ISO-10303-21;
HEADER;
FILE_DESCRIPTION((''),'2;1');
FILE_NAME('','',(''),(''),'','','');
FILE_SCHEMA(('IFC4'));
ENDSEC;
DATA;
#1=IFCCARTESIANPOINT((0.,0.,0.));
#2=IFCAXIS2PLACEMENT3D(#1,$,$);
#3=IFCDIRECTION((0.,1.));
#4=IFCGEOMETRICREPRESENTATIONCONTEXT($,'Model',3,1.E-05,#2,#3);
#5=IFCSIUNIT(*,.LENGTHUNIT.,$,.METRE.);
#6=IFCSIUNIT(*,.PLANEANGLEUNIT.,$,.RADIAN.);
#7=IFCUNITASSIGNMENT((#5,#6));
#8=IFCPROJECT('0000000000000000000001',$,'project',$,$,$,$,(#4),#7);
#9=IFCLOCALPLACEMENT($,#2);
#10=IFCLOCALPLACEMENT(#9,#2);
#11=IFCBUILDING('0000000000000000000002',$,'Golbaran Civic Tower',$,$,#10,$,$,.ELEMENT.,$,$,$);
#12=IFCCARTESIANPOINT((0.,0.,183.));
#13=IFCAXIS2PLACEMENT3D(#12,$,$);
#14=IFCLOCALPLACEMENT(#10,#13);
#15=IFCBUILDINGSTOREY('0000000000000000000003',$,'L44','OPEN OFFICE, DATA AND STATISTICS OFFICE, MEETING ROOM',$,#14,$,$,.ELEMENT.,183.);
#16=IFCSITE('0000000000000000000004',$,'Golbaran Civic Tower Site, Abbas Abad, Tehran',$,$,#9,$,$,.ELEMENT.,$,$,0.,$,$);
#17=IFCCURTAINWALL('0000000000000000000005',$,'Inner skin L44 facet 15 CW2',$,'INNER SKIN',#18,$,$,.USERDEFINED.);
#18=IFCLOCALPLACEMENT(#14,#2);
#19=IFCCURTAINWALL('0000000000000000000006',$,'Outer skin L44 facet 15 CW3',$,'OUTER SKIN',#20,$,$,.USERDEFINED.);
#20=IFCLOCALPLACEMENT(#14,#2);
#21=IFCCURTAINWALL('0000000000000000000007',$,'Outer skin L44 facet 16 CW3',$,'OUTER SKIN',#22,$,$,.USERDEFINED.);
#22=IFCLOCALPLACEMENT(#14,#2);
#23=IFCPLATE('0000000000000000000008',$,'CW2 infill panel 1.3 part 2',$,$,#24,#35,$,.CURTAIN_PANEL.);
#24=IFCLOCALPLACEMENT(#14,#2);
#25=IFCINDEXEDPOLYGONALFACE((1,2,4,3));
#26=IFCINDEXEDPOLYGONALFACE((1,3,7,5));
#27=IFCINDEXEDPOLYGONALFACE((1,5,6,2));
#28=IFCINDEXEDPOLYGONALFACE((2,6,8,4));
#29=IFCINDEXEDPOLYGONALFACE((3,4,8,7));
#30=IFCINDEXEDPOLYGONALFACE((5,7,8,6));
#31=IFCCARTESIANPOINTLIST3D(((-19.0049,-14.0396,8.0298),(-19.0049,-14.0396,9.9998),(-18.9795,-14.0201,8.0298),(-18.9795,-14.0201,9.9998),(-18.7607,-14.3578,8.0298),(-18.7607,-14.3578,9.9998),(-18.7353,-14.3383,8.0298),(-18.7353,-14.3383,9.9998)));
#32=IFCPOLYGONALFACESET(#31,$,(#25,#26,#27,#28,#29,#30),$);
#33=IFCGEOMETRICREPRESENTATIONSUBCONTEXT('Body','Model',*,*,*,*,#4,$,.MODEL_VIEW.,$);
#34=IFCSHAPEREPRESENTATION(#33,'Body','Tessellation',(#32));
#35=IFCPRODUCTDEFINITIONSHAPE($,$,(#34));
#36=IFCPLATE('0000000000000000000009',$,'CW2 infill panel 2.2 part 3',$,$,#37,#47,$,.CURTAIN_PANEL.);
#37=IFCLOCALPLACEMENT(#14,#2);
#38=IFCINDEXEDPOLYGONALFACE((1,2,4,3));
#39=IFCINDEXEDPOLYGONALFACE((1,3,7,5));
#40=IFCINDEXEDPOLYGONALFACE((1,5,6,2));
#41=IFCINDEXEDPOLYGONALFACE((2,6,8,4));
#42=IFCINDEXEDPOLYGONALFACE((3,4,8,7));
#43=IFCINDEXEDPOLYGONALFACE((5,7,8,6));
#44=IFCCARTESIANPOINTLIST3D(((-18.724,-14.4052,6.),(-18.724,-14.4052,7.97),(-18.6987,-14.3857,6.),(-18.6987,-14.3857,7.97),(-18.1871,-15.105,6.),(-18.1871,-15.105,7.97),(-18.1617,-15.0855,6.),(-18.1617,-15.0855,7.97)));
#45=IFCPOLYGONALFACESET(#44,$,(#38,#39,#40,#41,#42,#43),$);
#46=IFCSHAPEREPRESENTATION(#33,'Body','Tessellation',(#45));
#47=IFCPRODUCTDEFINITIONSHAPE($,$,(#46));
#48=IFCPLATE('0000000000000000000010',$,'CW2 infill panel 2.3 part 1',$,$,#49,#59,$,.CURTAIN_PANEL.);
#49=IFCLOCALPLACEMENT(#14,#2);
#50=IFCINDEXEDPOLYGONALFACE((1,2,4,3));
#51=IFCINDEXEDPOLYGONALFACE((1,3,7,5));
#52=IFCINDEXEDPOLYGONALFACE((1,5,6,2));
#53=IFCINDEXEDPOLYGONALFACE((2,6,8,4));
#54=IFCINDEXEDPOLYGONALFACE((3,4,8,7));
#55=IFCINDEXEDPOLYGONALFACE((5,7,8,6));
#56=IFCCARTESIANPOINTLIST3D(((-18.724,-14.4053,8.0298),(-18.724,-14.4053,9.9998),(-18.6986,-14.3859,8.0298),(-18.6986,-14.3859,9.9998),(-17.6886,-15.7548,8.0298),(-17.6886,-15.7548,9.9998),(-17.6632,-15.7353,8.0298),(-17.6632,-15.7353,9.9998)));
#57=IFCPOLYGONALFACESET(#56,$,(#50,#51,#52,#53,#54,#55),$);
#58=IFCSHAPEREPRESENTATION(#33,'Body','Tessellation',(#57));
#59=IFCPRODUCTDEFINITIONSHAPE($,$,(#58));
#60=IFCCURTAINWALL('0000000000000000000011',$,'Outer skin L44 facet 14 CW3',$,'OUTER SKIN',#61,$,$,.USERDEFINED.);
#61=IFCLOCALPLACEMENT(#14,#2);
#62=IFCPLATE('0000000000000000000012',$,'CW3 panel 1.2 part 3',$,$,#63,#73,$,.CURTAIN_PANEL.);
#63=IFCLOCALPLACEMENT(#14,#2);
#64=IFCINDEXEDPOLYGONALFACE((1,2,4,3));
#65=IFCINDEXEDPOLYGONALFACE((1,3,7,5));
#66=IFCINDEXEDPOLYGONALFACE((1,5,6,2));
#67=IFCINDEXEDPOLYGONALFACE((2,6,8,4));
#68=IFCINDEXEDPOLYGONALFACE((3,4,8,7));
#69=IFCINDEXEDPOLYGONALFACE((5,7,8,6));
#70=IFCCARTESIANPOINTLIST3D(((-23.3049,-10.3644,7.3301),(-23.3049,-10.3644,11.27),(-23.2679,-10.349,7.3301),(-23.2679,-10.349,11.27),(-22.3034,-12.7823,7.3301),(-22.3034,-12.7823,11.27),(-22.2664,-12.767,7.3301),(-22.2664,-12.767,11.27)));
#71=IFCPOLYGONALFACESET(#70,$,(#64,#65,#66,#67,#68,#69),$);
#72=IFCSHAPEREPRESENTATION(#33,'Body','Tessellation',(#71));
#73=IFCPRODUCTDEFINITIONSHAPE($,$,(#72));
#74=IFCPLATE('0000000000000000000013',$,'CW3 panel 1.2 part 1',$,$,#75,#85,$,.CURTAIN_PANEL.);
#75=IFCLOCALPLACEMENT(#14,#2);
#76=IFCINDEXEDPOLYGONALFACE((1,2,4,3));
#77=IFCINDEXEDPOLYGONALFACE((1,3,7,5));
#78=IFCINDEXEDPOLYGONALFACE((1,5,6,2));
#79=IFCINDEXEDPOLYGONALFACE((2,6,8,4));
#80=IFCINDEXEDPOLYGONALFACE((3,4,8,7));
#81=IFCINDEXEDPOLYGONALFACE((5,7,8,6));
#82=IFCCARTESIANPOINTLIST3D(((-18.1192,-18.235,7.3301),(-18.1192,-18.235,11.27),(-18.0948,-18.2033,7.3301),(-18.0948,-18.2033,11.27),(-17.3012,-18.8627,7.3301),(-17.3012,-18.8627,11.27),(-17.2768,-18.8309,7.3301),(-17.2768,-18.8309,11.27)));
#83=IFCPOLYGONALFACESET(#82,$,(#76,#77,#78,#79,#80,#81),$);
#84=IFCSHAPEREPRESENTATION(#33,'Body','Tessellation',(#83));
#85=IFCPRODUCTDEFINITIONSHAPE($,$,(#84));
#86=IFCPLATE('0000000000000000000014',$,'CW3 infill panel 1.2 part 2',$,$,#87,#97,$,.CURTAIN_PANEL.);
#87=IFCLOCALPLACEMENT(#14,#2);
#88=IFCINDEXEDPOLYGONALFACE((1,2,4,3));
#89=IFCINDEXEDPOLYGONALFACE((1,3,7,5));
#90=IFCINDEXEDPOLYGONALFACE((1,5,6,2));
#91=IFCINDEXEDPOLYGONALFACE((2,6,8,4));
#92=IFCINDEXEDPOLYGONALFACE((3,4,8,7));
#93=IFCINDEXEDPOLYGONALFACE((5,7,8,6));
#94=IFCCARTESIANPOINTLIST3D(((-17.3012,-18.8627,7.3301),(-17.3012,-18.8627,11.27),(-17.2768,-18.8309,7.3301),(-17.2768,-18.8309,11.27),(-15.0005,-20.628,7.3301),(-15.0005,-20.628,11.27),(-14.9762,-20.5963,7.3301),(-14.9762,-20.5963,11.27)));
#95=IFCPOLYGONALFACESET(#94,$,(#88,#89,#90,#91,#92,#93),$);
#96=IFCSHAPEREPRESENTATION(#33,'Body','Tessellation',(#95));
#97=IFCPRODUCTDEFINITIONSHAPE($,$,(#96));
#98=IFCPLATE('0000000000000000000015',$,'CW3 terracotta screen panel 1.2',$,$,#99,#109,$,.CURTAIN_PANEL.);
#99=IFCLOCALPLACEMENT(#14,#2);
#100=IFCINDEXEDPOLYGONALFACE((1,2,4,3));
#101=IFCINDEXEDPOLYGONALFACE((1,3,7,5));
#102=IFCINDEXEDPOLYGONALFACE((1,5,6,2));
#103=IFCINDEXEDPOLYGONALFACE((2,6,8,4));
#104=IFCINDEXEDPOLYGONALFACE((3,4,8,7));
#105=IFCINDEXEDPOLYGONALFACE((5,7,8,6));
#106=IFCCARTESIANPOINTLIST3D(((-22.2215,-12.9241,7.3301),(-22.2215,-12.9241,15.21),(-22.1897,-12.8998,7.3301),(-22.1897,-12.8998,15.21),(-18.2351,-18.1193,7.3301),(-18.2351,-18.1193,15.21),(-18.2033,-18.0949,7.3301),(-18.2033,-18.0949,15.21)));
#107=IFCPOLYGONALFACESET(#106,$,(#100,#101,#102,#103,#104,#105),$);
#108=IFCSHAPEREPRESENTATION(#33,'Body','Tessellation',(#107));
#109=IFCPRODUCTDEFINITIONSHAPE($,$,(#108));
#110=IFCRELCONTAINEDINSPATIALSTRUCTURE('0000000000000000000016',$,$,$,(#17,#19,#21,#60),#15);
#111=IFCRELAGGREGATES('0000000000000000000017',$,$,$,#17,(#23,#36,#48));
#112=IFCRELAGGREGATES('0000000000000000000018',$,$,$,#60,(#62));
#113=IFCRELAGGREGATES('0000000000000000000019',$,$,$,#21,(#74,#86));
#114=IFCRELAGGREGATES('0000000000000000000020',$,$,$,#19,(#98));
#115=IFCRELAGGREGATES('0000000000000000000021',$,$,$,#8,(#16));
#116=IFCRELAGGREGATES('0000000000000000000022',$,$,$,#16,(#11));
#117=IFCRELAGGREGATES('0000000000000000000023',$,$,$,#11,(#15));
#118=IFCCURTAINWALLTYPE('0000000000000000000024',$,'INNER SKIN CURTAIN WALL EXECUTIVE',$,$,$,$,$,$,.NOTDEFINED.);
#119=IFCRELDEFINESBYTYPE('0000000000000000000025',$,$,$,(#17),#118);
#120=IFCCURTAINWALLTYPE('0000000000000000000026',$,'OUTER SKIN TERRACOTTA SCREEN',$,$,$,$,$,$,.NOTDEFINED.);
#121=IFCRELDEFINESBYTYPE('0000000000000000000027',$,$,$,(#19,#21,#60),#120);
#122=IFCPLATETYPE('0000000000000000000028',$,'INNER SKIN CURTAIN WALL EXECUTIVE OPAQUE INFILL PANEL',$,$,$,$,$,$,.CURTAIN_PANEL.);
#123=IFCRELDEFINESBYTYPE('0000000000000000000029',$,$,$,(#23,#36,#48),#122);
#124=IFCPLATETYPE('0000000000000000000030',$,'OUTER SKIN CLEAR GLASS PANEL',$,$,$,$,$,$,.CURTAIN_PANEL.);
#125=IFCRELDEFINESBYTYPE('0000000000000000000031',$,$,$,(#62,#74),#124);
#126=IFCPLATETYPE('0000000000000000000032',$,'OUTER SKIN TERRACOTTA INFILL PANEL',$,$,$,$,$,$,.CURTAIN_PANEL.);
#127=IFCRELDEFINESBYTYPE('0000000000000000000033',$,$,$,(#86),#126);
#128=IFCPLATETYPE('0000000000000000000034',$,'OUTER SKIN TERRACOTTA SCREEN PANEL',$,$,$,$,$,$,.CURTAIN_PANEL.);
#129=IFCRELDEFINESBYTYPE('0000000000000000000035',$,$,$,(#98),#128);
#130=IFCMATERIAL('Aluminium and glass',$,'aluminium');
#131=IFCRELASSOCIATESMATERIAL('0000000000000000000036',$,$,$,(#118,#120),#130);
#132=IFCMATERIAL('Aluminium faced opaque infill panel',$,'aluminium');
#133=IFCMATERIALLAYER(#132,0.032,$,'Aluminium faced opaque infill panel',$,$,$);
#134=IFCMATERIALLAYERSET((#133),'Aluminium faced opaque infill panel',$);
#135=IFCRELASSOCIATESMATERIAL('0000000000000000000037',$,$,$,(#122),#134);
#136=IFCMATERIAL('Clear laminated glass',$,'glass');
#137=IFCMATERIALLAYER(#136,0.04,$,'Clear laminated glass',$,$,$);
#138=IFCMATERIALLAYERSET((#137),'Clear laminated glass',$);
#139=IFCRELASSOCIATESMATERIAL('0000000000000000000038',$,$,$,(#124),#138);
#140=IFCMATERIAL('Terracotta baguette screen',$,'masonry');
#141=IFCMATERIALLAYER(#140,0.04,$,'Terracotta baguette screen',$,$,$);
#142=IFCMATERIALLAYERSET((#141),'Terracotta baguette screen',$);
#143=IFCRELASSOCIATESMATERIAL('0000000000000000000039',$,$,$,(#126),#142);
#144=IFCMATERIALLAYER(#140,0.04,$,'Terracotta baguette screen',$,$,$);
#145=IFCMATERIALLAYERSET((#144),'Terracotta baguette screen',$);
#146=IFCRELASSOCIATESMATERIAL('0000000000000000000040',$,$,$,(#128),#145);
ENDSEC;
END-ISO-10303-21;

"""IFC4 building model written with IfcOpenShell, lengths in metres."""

from ifc_helpers import new_model, si_unit, direction, frame, origin, origin_2d, place, context, subcontext, project, spatial, rectangle, extrude, material, layer, layer_set, type_object, element, aggregate, save


model = new_model("IFC4")

# Units and contexts
model_context = context("Model", 3, precision=1e-05, world=origin(), true_north=direction((0.0, 1.0)))
body_context = subcontext(model_context, "Body", "Model", "MODEL_VIEW")
ifc_project = project(units=[si_unit("LENGTHUNIT", "METRE"), si_unit("PLANEANGLEUNIT", "RADIAN")], contexts=[model_context])

# Site, building, storey
site_placement = place(None, origin())
site = spatial("IfcSite", under=ifc_project, at=site_placement, Name="Golbaran Civic Tower Site, Abbas Abad, Tehran", CompositionType="ELEMENT", RefElevation=0.0)
building_placement = place(site_placement, origin())
building = spatial("IfcBuilding", under=site, at=building_placement, Name="Golbaran Civic Tower", CompositionType="ELEMENT")
storey_placement = place(building_placement, frame((0.0, 0.0, 183.0)))
storey = spatial("IfcBuildingStorey", under=building, at=storey_placement, Name="L44", Description="OPEN OFFICE, DATA AND STATISTICS OFFICE, MEETING ROOM", CompositionType="ELEMENT", Elevation=183.0)

# Curtain wall
ifc_material_1 = material(Name="Aluminium and glass", Category="aluminium")
curtain_wall_type_1 = type_object("IfcCurtainWallType", Name="INNER SKIN CURTAIN WALL EXECUTIVE", PredefinedType="NOTDEFINED", material=ifc_material_1)
curtain_wall_1_placement = place(storey_placement, origin())
curtain_wall_1 = element("IfcCurtainWall", 1, at=curtain_wall_1_placement, inside=storey, type_object=curtain_wall_type_1, Name="Inner skin L44 facet 15 CW2", ObjectType="INNER SKIN", PredefinedType="USERDEFINED")

# Curtain walls
curtain_wall_type_2 = type_object("IfcCurtainWallType", Name="OUTER SKIN TERRACOTTA SCREEN", PredefinedType="NOTDEFINED", material=ifc_material_1)
curtain_wall_2_placement = place(storey_placement, origin())
curtain_wall_2 = element("IfcCurtainWall", 2, at=curtain_wall_2_placement, inside=storey, type_object=curtain_wall_type_2, Name="Outer skin L44 facet 15 CW3", ObjectType="OUTER SKIN", PredefinedType="USERDEFINED")
curtain_wall_3_placement = place(storey_placement, origin())
curtain_wall_3 = element("IfcCurtainWall", 3, at=curtain_wall_3_placement, inside=storey, type_object=curtain_wall_type_2, Name="Outer skin L44 facet 16 CW3", ObjectType="OUTER SKIN", PredefinedType="USERDEFINED")

# Plates
ifc_material_2 = material(Name="Aluminium faced opaque infill panel", Category="aluminium")
ifc_layer_1 = layer(ifc_material_2, 0.032, Name="Aluminium faced opaque infill panel")
ifc_layer_set_1 = layer_set([ifc_layer_1], Name="Aluminium faced opaque infill panel")
plate_type_1 = type_object("IfcPlateType", Name="INNER SKIN CURTAIN WALL EXECUTIVE OPAQUE INFILL PANEL", PredefinedType="CURTAIN_PANEL", material=ifc_layer_set_1)
plate_1_placement = place(storey_placement, frame((-18.8701, -14.189, 8.0298), z_axis=(0.0, 0.0, 1.0), x_axis=(0.608761, -0.793353, 0.0)))
plate_1 = element("IfcPlate", 4, at=plate_1_placement, type_object=plate_type_1, Name="CW2 infill panel 1.3 part 2", PredefinedType="CURTAIN_PANEL", context=body_context, shape_type="SweptSolid", body=[
    extrude(rectangle(XDim=0.4011, YDim=0.032, at=origin_2d()), origin(), (0.0, 0.0, 1.0), 1.97),
])
plate_2_placement = place(storey_placement, frame((-18.4429, -14.7454, 6.0), z_axis=(0.0, 0.0, 1.0), x_axis=(0.608761, -0.793353, 0.0)))
plate_2 = element("IfcPlate", 5, at=plate_2_placement, type_object=plate_type_1, Name="CW2 infill panel 2.2 part 3", PredefinedType="CURTAIN_PANEL", context=body_context, shape_type="SweptSolid", body=[
    extrude(rectangle(XDim=0.8821, YDim=0.032, at=origin_2d()), origin(), (0.0, 0.0, 1.0), 1.97),
])
plate_3_placement = place(storey_placement, frame((-18.1936, -15.0703, 8.0298), z_axis=(0.0, 0.0, 1.0), x_axis=(0.608761, -0.793353, 0.0)))
plate_3 = element("IfcPlate", 6, at=plate_3_placement, type_object=plate_type_1, Name="CW2 infill panel 2.3 part 1", PredefinedType="CURTAIN_PANEL", context=body_context, shape_type="SweptSolid", body=[
    extrude(rectangle(XDim=1.7009, YDim=0.032, at=origin_2d()), origin(), (0.0, 0.0, 1.0), 1.97),
])
aggregate(curtain_wall_1, [plate_1, plate_2, plate_3])

# Curtain wall, plate
curtain_wall_4_placement = place(storey_placement, origin())
curtain_wall_4 = element("IfcCurtainWall", 7, at=curtain_wall_4_placement, inside=storey, type_object=curtain_wall_type_2, Name="Outer skin L44 facet 14 CW3", ObjectType="OUTER SKIN", PredefinedType="USERDEFINED")
ifc_material_3 = material(Name="Clear laminated glass", Category="glass")
ifc_layer_2 = layer(ifc_material_3, 0.04, Name="Clear laminated glass")
ifc_layer_set_2 = layer_set([ifc_layer_2], Name="Clear laminated glass")
plate_type_2 = type_object("IfcPlateType", Name="OUTER SKIN CLEAR GLASS PANEL", PredefinedType="CURTAIN_PANEL", material=ifc_layer_set_2)
plate_4_placement = place(storey_placement, frame((-22.7856, -11.5657, 7.3301), z_axis=(0.0, 0.0, 1.0), x_axis=(0.382683, -0.92388, 0.0)))
plate_4 = element("IfcPlate", 8, at=plate_4_placement, type_object=plate_type_2, Name="CW3 panel 1.2 part 3", PredefinedType="CURTAIN_PANEL", context=body_context, shape_type="SweptSolid", body=[
    extrude(rectangle(XDim=2.6172, YDim=0.04, at=origin_2d()), origin(), (0.0, 0.0, 1.0), 3.9399),
])
aggregate(curtain_wall_4, [plate_4])

# Plates
plate_5_placement = place(storey_placement, frame((-17.698, -18.533, 7.3301), z_axis=(0.0, 0.0, 1.0), x_axis=(0.793353, -0.608761, 0.0)))
plate_5 = element("IfcPlate", 9, at=plate_5_placement, type_object=plate_type_2, Name="CW3 panel 1.2 part 1", PredefinedType="CURTAIN_PANEL", context=body_context, shape_type="SweptSolid", body=[
    extrude(rectangle(XDim=1.031, YDim=0.04, at=origin_2d()), origin(), (0.0, 0.0, 1.0), 3.9399),
])
ifc_material_4 = material(Name="Terracotta baguette screen", Category="masonry")
ifc_layer_3 = layer(ifc_material_4, 0.04, Name="Terracotta baguette screen")
ifc_layer_set_3 = layer_set([ifc_layer_3], Name="Terracotta baguette screen")
plate_type_3 = type_object("IfcPlateType", Name="OUTER SKIN TERRACOTTA INFILL PANEL", PredefinedType="CURTAIN_PANEL", material=ifc_layer_set_3)
plate_6_placement = place(storey_placement, frame((-16.1387, -19.7295, 7.3301), z_axis=(0.0, 0.0, 1.0), x_axis=(0.793353, -0.608761, 0.0)))
plate_6 = element("IfcPlate", 10, at=plate_6_placement, type_object=plate_type_3, Name="CW3 infill panel 1.2 part 2", PredefinedType="CURTAIN_PANEL", context=body_context, shape_type="SweptSolid", body=[
    extrude(rectangle(XDim=2.8999, YDim=0.04, at=origin_2d()), origin(), (0.0, 0.0, 1.0), 3.9399),
])
aggregate(curtain_wall_3, [plate_5, plate_6])
ifc_layer_4 = layer(ifc_material_4, 0.04, Name="Terracotta baguette screen")
ifc_layer_set_4 = layer_set([ifc_layer_4], Name="Terracotta baguette screen")
plate_type_4 = type_object("IfcPlateType", Name="OUTER SKIN TERRACOTTA SCREEN PANEL", PredefinedType="CURTAIN_PANEL", material=ifc_layer_set_4)
plate_7_placement = place(storey_placement, frame((-20.2124, -15.5095, 7.3301), z_axis=(0.0, 0.0, 1.0), x_axis=(0.608761, -0.793353, 0.0)))
plate_7 = element("IfcPlate", 11, at=plate_7_placement, type_object=plate_type_4, Name="CW3 terracotta screen panel 1.2", PredefinedType="CURTAIN_PANEL", context=body_context, shape_type="SweptSolid", body=[
    extrude(rectangle(XDim=6.5483, YDim=0.04, at=origin_2d()), origin(), (0.0, 0.0, 1.0), 7.8799),
])
aggregate(curtain_wall_2, [plate_7])

save(model, "model.ifc")
